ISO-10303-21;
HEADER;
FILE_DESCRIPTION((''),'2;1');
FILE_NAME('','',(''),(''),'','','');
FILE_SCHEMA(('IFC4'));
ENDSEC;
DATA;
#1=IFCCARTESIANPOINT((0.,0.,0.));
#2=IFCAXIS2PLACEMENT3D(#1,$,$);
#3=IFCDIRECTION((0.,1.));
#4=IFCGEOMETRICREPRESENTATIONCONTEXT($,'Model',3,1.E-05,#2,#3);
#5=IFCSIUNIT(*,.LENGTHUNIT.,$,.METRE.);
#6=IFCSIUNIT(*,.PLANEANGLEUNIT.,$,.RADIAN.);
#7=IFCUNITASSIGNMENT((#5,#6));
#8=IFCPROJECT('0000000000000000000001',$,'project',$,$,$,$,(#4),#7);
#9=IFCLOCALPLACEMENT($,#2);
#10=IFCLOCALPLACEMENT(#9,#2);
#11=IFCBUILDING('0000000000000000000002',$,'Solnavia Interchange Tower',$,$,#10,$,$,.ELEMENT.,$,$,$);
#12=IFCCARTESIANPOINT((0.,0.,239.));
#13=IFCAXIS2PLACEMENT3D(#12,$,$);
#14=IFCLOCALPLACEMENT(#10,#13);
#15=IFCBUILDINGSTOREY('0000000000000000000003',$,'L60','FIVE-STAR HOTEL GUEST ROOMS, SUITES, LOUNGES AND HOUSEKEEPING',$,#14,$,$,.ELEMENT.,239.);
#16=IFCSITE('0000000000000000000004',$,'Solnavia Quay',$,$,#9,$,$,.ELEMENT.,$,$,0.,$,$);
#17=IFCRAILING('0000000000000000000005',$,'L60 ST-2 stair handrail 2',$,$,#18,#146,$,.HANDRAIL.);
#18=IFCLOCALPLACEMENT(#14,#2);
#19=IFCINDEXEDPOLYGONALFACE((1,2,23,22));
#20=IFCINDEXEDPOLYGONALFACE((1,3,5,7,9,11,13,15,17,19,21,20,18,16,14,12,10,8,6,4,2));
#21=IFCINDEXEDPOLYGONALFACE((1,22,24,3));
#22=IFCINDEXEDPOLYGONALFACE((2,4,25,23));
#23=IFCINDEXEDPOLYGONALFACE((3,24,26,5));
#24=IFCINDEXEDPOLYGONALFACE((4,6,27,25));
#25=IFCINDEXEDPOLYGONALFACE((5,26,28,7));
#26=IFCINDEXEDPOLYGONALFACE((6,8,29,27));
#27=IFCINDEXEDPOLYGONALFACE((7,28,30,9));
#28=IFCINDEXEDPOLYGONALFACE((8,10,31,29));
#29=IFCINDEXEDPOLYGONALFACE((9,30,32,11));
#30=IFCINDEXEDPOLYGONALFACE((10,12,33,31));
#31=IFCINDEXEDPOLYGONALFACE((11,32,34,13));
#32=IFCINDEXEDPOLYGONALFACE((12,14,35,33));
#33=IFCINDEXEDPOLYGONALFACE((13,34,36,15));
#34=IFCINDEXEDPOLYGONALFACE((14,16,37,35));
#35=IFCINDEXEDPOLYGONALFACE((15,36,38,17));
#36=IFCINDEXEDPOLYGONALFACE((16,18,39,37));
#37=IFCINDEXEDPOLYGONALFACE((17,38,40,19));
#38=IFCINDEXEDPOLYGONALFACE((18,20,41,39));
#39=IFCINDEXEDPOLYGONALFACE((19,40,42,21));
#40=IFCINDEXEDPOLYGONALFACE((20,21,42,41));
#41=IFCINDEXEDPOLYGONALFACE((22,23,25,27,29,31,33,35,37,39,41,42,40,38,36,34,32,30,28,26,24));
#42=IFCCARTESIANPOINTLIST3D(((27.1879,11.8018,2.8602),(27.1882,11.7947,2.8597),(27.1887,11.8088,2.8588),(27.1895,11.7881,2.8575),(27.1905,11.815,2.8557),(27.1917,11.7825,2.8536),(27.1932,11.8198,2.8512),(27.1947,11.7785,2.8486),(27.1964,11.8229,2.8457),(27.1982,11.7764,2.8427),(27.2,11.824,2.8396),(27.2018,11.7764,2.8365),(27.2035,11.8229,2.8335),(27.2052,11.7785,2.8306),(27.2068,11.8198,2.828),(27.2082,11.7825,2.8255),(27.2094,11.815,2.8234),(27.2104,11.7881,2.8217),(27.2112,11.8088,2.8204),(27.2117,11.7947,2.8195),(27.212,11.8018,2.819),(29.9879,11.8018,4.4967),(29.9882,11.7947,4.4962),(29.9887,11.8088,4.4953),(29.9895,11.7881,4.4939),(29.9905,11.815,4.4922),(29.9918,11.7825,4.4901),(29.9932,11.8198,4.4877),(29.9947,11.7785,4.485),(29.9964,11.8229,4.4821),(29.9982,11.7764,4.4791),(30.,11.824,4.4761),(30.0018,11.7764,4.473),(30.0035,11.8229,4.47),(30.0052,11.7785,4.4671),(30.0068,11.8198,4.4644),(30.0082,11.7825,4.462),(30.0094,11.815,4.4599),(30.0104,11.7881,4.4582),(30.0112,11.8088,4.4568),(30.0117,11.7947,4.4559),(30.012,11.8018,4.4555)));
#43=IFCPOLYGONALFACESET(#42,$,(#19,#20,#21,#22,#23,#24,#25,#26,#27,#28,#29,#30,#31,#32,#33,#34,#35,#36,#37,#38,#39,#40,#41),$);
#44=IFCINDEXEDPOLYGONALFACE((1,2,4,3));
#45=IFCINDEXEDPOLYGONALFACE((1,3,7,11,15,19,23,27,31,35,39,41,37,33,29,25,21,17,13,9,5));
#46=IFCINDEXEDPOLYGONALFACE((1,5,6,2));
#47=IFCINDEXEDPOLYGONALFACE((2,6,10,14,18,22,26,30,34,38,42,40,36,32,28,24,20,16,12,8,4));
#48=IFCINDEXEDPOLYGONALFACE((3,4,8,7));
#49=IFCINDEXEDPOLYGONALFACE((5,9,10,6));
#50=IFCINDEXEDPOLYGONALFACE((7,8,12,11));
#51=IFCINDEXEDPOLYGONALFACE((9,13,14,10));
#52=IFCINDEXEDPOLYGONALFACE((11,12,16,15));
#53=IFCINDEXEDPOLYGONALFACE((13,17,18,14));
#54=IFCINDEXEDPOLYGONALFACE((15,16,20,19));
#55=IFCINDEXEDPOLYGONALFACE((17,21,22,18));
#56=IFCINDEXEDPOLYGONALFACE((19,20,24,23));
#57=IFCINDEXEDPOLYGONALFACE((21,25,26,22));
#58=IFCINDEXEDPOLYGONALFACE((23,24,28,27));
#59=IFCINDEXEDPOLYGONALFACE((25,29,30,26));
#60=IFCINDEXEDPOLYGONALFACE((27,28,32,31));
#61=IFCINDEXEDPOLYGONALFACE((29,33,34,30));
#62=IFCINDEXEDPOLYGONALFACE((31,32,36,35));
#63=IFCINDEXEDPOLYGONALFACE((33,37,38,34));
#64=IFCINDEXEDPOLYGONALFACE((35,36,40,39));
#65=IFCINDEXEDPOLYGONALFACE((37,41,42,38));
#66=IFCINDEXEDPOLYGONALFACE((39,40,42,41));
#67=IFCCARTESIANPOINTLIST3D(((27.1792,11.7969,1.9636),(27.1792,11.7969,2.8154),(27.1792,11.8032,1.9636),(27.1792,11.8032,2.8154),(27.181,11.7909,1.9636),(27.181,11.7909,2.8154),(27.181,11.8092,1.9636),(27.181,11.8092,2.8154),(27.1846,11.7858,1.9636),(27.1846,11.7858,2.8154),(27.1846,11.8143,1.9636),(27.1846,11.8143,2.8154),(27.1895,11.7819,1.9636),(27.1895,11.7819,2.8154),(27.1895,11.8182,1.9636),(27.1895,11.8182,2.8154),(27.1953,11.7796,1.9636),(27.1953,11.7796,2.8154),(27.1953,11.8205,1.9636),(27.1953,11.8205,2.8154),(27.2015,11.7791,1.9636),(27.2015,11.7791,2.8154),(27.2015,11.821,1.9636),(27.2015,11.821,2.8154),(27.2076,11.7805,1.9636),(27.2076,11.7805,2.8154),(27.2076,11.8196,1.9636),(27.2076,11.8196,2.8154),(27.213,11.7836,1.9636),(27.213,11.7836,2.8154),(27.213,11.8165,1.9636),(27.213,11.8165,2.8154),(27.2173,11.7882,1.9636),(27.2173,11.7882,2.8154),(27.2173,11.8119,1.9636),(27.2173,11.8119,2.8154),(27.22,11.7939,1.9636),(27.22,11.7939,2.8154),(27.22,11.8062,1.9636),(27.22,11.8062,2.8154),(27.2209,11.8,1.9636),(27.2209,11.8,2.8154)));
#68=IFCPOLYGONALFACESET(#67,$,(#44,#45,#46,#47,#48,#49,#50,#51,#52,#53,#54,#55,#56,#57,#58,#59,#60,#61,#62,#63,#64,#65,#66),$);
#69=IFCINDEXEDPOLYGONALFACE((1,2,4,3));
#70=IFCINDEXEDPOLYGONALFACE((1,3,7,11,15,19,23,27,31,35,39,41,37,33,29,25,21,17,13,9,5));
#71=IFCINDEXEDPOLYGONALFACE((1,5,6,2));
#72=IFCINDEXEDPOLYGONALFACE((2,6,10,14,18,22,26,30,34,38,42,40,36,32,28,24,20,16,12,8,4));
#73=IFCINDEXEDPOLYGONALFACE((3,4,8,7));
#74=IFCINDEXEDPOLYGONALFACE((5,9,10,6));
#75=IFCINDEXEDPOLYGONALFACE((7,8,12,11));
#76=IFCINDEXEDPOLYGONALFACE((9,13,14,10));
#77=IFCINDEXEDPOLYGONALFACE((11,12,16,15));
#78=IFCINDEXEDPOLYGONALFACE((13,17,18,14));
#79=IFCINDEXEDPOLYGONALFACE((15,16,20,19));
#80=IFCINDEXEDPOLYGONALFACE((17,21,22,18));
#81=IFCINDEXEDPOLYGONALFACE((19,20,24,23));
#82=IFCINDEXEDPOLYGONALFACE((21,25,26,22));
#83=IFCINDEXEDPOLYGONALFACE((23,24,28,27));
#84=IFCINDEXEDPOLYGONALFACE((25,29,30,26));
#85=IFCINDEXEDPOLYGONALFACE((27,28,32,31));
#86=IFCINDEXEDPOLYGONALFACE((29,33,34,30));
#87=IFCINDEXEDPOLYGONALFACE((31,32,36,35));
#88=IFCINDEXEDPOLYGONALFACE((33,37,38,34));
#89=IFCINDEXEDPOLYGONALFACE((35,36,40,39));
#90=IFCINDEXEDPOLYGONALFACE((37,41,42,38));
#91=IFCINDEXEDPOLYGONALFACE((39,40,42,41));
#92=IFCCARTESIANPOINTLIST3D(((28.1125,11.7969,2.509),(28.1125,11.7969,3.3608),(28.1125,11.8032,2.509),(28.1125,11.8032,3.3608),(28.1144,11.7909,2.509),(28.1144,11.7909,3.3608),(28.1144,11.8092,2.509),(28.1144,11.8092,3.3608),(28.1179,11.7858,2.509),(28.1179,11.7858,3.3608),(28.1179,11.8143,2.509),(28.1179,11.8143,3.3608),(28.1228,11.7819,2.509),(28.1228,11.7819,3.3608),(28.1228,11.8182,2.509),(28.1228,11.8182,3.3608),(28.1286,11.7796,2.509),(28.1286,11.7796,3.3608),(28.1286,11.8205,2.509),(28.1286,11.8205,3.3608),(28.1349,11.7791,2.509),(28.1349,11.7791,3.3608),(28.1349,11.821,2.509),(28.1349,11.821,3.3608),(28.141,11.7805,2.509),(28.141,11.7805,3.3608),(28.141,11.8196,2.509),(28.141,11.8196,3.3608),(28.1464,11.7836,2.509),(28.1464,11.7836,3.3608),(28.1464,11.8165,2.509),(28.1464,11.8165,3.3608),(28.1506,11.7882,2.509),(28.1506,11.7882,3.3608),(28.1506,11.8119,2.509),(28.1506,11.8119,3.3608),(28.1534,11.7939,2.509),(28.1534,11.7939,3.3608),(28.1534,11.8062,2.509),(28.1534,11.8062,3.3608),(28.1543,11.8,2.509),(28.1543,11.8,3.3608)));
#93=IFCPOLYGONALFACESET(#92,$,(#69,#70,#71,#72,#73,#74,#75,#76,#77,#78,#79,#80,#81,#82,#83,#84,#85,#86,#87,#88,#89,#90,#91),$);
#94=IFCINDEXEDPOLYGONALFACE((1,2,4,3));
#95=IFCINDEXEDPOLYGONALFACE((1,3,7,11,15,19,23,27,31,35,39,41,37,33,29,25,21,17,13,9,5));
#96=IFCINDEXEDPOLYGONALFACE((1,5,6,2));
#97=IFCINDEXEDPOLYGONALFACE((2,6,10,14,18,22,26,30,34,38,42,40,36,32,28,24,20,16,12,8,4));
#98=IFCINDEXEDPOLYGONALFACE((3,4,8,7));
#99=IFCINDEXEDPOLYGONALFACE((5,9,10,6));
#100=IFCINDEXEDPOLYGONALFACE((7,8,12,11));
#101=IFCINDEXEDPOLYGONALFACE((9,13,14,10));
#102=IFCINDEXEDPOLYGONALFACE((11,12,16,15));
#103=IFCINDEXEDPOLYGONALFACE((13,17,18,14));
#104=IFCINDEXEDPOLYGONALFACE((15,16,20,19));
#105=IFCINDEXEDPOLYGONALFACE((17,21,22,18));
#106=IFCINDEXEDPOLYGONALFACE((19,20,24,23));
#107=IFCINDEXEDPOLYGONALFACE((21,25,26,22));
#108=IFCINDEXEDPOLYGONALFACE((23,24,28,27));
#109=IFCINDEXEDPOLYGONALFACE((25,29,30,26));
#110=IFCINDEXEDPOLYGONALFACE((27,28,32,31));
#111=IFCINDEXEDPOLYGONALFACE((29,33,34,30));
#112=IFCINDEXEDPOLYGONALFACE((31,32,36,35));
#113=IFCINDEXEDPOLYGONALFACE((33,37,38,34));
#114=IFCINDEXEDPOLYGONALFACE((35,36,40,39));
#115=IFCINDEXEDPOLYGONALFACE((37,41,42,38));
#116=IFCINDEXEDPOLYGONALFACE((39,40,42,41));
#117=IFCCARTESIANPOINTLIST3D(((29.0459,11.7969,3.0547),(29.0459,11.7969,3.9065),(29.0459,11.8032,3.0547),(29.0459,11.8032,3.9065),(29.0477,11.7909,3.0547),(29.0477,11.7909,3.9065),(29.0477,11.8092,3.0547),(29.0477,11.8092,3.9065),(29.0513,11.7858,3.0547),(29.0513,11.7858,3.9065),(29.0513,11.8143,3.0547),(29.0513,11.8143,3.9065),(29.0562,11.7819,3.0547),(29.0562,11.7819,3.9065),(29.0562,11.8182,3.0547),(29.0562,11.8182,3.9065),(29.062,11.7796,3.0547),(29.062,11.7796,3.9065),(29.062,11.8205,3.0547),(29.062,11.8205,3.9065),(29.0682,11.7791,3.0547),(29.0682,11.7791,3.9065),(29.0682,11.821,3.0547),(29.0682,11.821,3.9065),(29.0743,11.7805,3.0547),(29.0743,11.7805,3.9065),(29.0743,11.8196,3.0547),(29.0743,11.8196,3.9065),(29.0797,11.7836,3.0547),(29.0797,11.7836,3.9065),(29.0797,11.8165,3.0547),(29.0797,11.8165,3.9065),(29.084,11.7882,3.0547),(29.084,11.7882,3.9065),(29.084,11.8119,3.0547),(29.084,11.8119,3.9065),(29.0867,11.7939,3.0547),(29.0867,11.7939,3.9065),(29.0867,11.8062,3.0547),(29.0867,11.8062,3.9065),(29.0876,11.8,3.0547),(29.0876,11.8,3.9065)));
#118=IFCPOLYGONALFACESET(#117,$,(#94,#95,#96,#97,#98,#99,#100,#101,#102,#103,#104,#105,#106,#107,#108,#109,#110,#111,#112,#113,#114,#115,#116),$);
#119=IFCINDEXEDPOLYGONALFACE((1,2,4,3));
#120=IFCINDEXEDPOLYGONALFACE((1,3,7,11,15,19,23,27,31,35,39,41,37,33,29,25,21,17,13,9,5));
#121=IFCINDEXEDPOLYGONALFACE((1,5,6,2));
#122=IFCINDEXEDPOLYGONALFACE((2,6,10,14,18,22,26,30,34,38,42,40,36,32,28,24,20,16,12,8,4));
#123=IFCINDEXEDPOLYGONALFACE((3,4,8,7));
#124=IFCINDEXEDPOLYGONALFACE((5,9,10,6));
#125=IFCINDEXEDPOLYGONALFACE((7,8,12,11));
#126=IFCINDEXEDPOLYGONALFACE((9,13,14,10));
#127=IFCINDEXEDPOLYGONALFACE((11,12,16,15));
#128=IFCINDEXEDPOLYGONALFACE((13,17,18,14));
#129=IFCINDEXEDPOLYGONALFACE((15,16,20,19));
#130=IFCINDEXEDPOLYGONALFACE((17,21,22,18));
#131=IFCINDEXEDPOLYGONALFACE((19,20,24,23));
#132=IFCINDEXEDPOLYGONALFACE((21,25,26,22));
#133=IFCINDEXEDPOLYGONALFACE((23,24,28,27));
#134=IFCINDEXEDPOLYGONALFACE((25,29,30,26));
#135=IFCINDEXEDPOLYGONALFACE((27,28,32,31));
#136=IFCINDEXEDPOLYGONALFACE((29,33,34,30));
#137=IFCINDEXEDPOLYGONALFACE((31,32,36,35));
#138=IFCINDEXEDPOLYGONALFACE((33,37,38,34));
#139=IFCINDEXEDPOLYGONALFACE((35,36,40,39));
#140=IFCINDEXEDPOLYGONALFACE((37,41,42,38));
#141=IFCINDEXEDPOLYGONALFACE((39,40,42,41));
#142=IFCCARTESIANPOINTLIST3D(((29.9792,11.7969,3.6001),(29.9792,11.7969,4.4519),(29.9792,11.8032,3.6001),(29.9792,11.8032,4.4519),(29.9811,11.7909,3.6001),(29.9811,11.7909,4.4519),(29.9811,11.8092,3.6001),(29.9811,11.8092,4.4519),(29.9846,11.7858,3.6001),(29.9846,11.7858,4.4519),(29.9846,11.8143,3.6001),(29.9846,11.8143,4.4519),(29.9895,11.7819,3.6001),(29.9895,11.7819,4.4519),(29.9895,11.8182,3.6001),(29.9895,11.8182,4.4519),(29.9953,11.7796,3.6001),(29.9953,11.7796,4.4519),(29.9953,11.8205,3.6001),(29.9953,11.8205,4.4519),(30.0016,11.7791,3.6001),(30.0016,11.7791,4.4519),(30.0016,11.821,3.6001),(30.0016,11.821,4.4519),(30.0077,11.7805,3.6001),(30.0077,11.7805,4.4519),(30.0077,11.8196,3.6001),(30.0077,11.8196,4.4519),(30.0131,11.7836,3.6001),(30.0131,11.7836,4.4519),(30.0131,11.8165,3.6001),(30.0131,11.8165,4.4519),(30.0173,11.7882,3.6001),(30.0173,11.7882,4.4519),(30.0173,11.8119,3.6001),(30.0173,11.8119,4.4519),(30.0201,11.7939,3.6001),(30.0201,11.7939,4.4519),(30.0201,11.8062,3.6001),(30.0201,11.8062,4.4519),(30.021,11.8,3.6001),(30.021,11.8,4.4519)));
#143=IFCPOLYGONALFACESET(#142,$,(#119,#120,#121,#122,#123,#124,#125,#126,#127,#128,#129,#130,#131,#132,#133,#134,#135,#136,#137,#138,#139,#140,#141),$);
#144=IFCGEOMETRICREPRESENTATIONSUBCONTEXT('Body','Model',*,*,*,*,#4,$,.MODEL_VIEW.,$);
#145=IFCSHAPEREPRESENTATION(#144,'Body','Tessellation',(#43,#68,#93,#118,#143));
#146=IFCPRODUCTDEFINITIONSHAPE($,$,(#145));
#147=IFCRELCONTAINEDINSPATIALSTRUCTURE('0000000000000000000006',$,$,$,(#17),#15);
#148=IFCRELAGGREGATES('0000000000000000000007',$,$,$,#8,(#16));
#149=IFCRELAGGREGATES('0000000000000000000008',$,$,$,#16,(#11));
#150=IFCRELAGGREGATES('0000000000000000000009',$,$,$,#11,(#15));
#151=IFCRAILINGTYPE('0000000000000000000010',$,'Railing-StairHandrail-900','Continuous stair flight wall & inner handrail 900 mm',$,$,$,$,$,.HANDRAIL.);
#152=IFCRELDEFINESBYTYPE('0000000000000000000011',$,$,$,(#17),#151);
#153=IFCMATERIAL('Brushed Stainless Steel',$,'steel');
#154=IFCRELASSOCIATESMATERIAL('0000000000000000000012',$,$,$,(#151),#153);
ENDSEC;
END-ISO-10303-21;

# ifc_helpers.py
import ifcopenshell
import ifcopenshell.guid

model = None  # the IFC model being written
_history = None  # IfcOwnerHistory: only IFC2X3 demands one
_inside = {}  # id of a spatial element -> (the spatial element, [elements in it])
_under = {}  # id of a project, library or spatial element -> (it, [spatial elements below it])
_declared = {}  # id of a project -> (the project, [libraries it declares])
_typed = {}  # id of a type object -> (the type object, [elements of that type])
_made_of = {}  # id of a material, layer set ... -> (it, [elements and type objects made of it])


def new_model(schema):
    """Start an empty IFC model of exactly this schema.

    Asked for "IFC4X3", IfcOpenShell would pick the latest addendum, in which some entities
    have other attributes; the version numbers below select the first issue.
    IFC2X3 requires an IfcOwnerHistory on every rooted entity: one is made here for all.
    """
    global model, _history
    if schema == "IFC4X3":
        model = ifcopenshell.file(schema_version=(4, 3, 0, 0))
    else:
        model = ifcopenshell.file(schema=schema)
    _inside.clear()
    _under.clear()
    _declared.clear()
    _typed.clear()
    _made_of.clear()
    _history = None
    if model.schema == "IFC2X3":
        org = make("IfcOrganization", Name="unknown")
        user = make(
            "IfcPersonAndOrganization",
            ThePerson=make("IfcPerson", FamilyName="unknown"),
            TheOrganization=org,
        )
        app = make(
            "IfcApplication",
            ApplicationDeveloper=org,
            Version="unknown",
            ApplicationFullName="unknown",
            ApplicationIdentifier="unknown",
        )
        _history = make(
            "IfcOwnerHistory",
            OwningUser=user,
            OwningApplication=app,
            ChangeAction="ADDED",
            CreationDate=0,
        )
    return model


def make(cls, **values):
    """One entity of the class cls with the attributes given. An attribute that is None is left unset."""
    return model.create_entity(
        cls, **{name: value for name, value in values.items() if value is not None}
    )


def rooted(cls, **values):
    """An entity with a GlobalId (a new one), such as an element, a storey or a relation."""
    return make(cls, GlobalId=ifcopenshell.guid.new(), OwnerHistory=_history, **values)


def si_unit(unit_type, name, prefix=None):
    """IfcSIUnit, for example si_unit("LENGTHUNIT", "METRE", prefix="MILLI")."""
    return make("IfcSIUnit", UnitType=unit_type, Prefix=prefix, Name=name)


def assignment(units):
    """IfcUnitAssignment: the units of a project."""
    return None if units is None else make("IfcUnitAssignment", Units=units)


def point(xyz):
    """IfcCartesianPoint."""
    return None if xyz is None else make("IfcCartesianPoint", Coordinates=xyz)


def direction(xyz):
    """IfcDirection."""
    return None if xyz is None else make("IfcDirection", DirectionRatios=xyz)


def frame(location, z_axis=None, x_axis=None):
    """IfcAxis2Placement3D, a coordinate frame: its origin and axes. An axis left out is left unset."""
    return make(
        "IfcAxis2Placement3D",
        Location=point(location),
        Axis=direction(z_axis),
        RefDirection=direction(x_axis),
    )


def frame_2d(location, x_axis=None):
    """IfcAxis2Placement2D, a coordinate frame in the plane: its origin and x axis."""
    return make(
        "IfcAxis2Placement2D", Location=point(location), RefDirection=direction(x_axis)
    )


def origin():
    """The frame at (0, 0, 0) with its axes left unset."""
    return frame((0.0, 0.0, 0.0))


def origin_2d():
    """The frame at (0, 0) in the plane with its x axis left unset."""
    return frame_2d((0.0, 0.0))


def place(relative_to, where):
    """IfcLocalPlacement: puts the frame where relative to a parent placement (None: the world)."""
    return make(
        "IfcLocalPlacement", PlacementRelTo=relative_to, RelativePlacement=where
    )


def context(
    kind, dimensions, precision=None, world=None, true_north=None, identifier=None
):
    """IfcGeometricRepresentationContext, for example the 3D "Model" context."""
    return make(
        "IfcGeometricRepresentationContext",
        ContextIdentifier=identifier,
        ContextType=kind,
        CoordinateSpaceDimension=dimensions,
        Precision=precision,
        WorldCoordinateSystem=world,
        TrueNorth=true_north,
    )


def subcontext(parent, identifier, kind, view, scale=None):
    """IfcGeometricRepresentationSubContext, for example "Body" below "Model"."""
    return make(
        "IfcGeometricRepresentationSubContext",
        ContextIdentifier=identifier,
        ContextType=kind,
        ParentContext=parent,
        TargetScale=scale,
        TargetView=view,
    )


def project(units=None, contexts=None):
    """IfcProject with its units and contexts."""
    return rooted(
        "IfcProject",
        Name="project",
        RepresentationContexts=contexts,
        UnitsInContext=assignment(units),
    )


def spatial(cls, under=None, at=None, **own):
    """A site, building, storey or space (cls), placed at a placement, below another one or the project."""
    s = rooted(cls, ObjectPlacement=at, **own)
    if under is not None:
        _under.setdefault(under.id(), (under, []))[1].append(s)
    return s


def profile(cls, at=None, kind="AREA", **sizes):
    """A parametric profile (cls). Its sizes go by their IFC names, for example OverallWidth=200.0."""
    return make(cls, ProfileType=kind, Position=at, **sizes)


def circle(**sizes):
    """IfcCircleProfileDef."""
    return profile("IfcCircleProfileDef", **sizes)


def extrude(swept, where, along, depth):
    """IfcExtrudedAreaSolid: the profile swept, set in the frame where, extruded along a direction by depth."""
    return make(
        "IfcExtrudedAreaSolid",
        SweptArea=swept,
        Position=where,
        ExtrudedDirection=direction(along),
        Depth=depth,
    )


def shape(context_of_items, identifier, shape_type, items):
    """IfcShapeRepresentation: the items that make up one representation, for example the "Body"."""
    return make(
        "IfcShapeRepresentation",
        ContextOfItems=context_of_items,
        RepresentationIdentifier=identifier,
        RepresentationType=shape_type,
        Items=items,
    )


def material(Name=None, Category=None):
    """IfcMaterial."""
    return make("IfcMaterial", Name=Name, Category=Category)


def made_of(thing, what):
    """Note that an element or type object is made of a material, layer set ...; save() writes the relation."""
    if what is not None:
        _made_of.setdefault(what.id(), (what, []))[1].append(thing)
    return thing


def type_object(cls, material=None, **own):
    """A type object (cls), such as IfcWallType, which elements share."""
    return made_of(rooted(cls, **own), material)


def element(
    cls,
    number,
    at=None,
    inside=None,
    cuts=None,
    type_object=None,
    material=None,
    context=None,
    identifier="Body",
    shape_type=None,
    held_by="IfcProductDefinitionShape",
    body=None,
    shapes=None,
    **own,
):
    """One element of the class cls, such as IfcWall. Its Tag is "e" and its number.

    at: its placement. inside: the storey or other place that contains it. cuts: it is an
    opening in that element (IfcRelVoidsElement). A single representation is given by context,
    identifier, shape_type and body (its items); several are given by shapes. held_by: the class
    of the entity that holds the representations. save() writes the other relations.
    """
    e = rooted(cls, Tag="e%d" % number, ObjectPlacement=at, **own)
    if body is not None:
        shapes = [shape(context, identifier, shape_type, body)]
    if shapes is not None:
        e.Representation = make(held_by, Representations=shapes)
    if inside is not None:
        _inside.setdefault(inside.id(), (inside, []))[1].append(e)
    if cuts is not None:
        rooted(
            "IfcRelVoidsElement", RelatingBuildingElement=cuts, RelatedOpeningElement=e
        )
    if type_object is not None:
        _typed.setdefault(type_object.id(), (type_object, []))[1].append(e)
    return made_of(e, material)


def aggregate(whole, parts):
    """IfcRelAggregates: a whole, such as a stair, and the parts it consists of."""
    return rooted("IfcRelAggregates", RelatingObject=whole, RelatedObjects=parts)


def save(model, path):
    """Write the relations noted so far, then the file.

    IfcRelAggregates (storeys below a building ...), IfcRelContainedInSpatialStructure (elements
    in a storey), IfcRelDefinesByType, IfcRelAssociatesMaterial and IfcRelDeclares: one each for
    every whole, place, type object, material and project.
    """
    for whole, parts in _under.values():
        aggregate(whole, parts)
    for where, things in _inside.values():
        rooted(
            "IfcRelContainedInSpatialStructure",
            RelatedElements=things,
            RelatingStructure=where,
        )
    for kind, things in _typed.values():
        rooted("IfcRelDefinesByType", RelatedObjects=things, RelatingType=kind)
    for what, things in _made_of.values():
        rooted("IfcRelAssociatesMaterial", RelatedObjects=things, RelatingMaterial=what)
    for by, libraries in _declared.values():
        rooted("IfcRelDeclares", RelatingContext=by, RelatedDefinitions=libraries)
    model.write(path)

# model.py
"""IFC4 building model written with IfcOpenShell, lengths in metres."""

from ifc_helpers import new_model, si_unit, direction, frame, origin, origin_2d, place, context, subcontext, project, spatial, circle, extrude, material, type_object, element, save


model = new_model("IFC4")

# Units and contexts
model_context = context("Model", 3, precision=1e-05, world=origin(), true_north=direction((0.0, 1.0)))
body_context = subcontext(model_context, "Body", "Model", "MODEL_VIEW")
ifc_project = project(units=[si_unit("LENGTHUNIT", "METRE"), si_unit("PLANEANGLEUNIT", "RADIAN")], contexts=[model_context])

# Site, building, storey
site_placement = place(None, origin())
site = spatial("IfcSite", under=ifc_project, at=site_placement, Name="Solnavia Quay", CompositionType="ELEMENT", RefElevation=0.0)
building_placement = place(site_placement, origin())
building = spatial("IfcBuilding", under=site, at=building_placement, Name="Solnavia Interchange Tower", CompositionType="ELEMENT")
storey_placement = place(building_placement, frame((0.0, 0.0, 239.0)))
storey = spatial("IfcBuildingStorey", under=building, at=storey_placement, Name="L60", Description="FIVE-STAR HOTEL GUEST ROOMS, SUITES, LOUNGES AND HOUSEKEEPING", CompositionType="ELEMENT", Elevation=239.0)

# Railing
ifc_material_1 = material(Name="Brushed Stainless Steel", Category="steel")
railing_type_1 = type_object("IfcRailingType", Name="Railing-StairHandrail-900", Description="Continuous stair flight wall & inner handrail 900 mm", PredefinedType="HANDRAIL", material=ifc_material_1)
railing_1_placement = place(storey_placement, frame((27.2, 11.8, 1.9636)))
element("IfcRailing", 1, at=railing_1_placement, inside=storey, type_object=railing_type_1, Name="L60 ST-2 stair handrail 2", PredefinedType="HANDRAIL", context=body_context, shape_type="SweptSolid", body=[
    extrude(circle(Radius=0.0239, at=origin_2d()), frame((0.0, 0.0, 0.876), z_axis=(0.863361, 0.0, 0.504587), x_axis=(0.0, 1.0, 0.0)), (0.0, 0.0, 1.0), 3.2432),
    extrude(circle(Radius=0.021, at=origin_2d()), origin(), (0.0, 0.0, 1.0), 0.8518),
    extrude(circle(Radius=0.021, at=origin_2d()), frame((0.9333, 0.0, 0.5454)), (0.0, 0.0, 1.0), 0.8518),
    extrude(circle(Radius=0.021, at=origin_2d()), frame((1.8667, 0.0, 1.0911)), (0.0, 0.0, 1.0), 0.8518),
    extrude(circle(Radius=0.021, at=origin_2d()), frame((2.8, 0.0, 1.6365)), (0.0, 0.0, 1.0), 0.8518),
])

save(model, "model.ifc")
